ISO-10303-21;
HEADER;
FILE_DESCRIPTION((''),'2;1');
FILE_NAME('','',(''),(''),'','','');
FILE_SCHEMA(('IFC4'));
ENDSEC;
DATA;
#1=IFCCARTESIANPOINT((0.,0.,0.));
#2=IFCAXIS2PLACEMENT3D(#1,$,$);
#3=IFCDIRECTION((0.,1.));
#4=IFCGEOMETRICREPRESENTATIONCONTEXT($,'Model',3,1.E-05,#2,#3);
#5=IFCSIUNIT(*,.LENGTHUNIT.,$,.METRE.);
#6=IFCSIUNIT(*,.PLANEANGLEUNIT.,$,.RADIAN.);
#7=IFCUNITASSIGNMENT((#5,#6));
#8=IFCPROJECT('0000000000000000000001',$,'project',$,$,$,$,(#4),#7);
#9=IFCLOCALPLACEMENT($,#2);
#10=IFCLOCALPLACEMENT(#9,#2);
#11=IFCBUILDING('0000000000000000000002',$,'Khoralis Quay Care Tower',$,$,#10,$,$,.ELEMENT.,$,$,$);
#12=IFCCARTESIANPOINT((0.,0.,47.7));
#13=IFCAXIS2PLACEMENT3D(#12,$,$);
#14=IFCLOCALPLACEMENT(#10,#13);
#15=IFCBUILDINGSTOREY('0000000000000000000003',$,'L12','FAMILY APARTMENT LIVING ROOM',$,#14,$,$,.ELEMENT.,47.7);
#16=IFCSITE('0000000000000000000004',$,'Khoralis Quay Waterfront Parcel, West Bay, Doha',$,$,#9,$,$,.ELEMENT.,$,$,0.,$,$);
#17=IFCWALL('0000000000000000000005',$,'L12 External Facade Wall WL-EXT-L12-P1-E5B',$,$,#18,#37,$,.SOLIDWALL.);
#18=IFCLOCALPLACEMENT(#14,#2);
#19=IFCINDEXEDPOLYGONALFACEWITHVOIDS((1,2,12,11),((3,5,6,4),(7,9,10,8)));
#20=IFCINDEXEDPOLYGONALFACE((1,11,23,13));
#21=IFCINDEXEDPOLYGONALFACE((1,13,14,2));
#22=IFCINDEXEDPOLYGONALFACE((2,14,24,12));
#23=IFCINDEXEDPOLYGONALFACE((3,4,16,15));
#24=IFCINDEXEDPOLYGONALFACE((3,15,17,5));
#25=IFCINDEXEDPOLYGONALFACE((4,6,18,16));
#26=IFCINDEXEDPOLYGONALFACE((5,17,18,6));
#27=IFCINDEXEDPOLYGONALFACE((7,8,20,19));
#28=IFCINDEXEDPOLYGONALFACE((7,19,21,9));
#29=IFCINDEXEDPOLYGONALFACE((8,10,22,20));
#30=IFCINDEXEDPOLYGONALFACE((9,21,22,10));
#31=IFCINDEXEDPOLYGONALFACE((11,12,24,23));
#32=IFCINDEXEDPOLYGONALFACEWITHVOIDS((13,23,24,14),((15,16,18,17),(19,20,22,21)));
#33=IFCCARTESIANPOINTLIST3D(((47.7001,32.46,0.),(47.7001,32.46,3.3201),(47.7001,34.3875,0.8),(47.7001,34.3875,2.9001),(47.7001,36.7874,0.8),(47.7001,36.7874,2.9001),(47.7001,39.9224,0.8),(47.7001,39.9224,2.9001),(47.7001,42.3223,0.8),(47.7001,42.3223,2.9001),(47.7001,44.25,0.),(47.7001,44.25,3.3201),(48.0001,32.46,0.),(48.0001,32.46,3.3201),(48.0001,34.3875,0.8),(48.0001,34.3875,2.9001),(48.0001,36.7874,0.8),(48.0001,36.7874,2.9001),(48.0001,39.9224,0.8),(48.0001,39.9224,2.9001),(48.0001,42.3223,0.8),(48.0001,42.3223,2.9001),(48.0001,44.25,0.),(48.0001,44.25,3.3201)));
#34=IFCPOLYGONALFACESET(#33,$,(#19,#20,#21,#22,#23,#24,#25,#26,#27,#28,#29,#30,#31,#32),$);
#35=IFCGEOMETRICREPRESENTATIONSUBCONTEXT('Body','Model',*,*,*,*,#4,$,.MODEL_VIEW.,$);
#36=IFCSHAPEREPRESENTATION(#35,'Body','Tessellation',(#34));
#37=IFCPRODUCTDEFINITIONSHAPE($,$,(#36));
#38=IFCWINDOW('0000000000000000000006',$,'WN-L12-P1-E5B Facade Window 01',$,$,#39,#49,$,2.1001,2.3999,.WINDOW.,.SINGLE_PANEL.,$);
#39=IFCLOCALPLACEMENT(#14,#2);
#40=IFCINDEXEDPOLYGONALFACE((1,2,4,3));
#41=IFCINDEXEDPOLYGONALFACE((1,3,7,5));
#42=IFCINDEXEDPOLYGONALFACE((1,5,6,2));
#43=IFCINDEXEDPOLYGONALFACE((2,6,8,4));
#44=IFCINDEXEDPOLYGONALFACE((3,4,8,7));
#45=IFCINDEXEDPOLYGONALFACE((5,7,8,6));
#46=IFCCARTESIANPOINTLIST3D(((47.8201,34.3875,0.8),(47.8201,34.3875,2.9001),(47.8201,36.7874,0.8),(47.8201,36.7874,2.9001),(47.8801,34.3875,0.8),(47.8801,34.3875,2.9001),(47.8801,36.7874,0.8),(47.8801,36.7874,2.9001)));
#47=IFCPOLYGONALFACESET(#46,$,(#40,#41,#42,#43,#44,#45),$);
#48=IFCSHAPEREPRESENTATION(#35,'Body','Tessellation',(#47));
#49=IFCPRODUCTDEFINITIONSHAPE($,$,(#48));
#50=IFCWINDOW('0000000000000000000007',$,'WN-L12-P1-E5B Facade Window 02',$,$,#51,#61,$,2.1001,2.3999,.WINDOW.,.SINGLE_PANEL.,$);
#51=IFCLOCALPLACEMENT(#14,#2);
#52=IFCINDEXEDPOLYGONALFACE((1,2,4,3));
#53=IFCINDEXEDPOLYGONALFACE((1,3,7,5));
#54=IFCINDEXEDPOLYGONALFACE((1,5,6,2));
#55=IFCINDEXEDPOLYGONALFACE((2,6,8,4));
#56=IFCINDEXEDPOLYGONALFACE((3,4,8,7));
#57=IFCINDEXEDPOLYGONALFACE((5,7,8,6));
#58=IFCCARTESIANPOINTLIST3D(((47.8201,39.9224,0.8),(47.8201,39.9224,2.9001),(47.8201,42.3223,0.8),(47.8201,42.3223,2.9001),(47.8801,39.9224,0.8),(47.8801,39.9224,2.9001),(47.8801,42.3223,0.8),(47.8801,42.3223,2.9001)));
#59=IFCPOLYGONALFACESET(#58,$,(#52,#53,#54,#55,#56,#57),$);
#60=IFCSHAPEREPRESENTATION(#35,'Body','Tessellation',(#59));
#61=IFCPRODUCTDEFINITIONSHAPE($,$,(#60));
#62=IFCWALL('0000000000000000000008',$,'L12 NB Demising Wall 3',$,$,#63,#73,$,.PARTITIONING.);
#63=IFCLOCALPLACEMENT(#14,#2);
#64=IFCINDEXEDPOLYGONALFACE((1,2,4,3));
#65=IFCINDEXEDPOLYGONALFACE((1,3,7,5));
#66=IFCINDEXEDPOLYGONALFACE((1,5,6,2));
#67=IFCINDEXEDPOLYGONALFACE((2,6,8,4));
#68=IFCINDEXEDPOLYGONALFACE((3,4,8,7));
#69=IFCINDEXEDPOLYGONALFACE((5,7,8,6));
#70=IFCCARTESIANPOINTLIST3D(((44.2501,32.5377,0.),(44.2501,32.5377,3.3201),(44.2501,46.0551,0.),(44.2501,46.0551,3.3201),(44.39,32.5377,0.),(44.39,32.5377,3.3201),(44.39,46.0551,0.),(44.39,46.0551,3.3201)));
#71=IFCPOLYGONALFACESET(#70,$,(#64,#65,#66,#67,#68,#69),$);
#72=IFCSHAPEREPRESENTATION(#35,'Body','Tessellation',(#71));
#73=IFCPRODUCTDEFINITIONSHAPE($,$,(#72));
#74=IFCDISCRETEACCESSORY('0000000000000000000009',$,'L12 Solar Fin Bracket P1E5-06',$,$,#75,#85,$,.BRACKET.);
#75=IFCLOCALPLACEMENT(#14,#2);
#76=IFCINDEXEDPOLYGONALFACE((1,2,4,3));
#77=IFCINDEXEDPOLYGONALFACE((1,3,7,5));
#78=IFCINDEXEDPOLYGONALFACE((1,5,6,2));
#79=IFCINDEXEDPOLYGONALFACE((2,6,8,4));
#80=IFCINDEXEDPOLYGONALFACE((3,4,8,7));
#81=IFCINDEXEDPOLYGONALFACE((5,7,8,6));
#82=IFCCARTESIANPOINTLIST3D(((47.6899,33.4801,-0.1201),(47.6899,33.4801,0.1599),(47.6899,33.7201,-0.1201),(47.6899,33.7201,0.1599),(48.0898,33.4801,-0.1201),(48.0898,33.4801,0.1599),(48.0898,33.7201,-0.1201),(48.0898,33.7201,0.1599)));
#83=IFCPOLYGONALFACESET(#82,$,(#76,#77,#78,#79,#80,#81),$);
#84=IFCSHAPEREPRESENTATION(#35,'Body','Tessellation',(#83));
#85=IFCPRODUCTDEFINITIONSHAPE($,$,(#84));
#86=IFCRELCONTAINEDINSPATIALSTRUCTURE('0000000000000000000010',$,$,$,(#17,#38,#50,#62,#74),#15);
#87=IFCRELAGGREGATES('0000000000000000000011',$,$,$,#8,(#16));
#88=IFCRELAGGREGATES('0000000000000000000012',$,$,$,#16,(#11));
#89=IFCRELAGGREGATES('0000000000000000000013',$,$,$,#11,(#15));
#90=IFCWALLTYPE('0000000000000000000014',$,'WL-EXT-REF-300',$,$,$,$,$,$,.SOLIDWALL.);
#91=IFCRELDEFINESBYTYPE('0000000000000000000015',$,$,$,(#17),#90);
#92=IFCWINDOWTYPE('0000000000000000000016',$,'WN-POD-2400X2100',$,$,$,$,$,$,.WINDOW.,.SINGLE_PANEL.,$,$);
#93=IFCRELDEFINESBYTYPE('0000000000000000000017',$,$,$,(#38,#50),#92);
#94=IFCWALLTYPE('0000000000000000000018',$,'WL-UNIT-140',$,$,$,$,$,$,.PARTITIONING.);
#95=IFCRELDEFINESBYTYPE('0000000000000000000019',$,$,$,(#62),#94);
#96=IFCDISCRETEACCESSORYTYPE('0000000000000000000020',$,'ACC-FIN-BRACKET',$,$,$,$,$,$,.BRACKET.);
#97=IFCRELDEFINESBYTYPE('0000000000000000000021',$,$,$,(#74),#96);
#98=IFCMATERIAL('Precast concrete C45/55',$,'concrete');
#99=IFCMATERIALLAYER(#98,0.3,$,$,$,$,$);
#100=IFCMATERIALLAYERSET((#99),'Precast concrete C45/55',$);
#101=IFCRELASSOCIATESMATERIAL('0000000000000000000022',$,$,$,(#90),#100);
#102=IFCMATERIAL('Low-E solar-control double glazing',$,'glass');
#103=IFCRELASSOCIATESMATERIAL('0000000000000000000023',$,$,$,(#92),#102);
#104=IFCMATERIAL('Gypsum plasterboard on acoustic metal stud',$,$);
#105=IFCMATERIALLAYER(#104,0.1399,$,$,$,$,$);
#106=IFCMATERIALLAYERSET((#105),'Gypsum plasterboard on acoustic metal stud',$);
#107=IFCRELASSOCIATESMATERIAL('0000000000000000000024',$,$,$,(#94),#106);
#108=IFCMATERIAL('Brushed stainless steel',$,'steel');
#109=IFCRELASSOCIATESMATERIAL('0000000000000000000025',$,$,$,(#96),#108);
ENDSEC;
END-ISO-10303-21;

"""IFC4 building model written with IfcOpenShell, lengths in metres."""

from ifc_helpers import new_model, si_unit, direction, frame, frame_2d, origin, origin_2d, place, context, subcontext, project, spatial, rectangle, extrude, source, transform, mapped, material, layer, layer_set, type_object, element, fill, save


model = new_model("IFC4")

# Units and contexts
model_context = context("Model", 3, precision=1e-05, world=origin(), true_north=direction((0.0, 1.0)))
body_context = subcontext(model_context, "Body", "Model", "MODEL_VIEW")
ifc_project = project(units=[si_unit("LENGTHUNIT", "METRE"), si_unit("PLANEANGLEUNIT", "RADIAN")], contexts=[model_context])

# Site, building, storey
site_placement = place(None, origin())
site = spatial("IfcSite", under=ifc_project, at=site_placement, Name="Khoralis Quay Waterfront Parcel, West Bay, Doha", CompositionType="ELEMENT", RefElevation=0.0)
building_placement = place(site_placement, origin())
building = spatial("IfcBuilding", under=site, at=building_placement, Name="Khoralis Quay Care Tower", CompositionType="ELEMENT")
storey_placement = place(building_placement, frame((0.0, 0.0, 47.7)))
storey = spatial("IfcBuildingStorey", under=building, at=storey_placement, Name="L12", Description="FAMILY APARTMENT LIVING ROOM", CompositionType="ELEMENT", Elevation=47.7)

# Shared definitions
ifc_material_1 = material(Name="Low-E solar-control double glazing", Category="glass")

# Wall, openings, windows
ifc_material_2 = material(Name="Precast concrete C45/55", Category="concrete")
ifc_layer_1 = layer(ifc_material_2, 0.3)
ifc_layer_set_1 = layer_set([ifc_layer_1], Name="Precast concrete C45/55")
wall_type_1 = type_object("IfcWallType", Name="WL-EXT-REF-300", PredefinedType="SOLIDWALL", material=ifc_layer_set_1)
wall_1_placement = place(storey_placement, frame((47.8501, 32.46, 0.0), z_axis=(0.0, 0.0, 1.0), x_axis=(0.0, 1.0, 0.0)))
wall_1 = element("IfcWall", 1, at=wall_1_placement, inside=storey, type_object=wall_type_1, Name="L12 External Facade Wall WL-EXT-L12-P1-E5B", PredefinedType="SOLIDWALL", context=body_context, shape_type="SweptSolid", body=[
    extrude(rectangle(XDim=11.79, YDim=0.3, at=frame_2d((5.895, 0.0))), origin(), (0.0, 0.0, 1.0), 3.3201),
])
opening_1_placement = place(wall_1_placement, frame((1.9275, 0.0, 0.8)))
opening_1 = element("IfcOpeningElement", 2, at=opening_1_placement, cuts=wall_1, PredefinedType="OPENING", context=body_context, shape_type="SweptSolid", body=[
    extrude(rectangle(XDim=2.3999, YDim=2.1001, at=frame_2d((1.2, 1.05))), frame((0.0, 0.1602, 0.0), z_axis=(0.0, -1.0, 0.0), x_axis=(1.0, 0.0, 0.0)), (0.0, 0.0, 1.0), 0.3201),
])
opening_2_placement = place(wall_1_placement, frame((7.4624, 0.0, 0.8)))
opening_2 = element("IfcOpeningElement", 3, at=opening_2_placement, cuts=wall_1, PredefinedType="OPENING", context=body_context, shape_type="SweptSolid", body=[
    extrude(rectangle(XDim=2.3999, YDim=2.1001, at=frame_2d((1.2, 1.05))), frame((0.0, 0.1602, 0.0), z_axis=(0.0, -1.0, 0.0), x_axis=(1.0, 0.0, 0.0)), (0.0, 0.0, 1.0), 0.3201),
])
window_type = type_object("IfcWindowType", Name="WN-POD-2400X2100", PartitioningType="SINGLE_PANEL", PredefinedType="WINDOW", material=ifc_material_1)
shared_shape_1 = source(origin(), body_context, "Body", "SweptSolid", [
    extrude(rectangle(XDim=2.3999, YDim=2.1001, at=frame_2d((1.2, 1.05))), frame((0.0, 0.03, 0.0), z_axis=(0.0, -1.0, 0.0), x_axis=(1.0, 0.0, 0.0)), (0.0, 0.0, 1.0), 0.0601),
])
window_1_placement = place(opening_1_placement, origin())
window_1 = element("IfcWindow", 4, at=window_1_placement, inside=storey, type_object=window_type, Name="WN-L12-P1-E5B Facade Window 01", OverallHeight=2.1001, OverallWidth=2.3999, PartitioningType="SINGLE_PANEL", PredefinedType="WINDOW", context=body_context, shape_type="MappedRepresentation", body=[
    mapped(shared_shape_1, transform((0.0, 0.0, 0.0), scale=1.0)),
])
fill(opening_1, window_1)
window_2_placement = place(opening_2_placement, origin())
window_2 = element("IfcWindow", 5, at=window_2_placement, inside=storey, type_object=window_type, Name="WN-L12-P1-E5B Facade Window 02", OverallHeight=2.1001, OverallWidth=2.3999, PartitioningType="SINGLE_PANEL", PredefinedType="WINDOW", context=body_context, shape_type="MappedRepresentation", body=[
    mapped(shared_shape_1, transform((0.0, 0.0, 0.0), scale=1.0)),
])
fill(opening_2, window_2)

# Wall
ifc_material_3 = material(Name="Gypsum plasterboard on acoustic metal stud")
ifc_layer_2 = layer(ifc_material_3, 0.1399)
ifc_layer_set_2 = layer_set([ifc_layer_2], Name="Gypsum plasterboard on acoustic metal stud")
wall_type_2 = type_object("IfcWallType", Name="WL-UNIT-140", PredefinedType="PARTITIONING", material=ifc_layer_set_2)
wall_2_placement = place(storey_placement, frame((44.3201, 32.5376, 0.0), z_axis=(0.0, 0.0, 1.0), x_axis=(0.0, 1.0, 0.0)))
element("IfcWall", 6, at=wall_2_placement, inside=storey, type_object=wall_type_2, Name="L12 NB Demising Wall 3", PredefinedType="PARTITIONING", context=body_context, shape_type="SweptSolid", body=[
    extrude(rectangle(XDim=13.5173, YDim=0.1399, at=frame_2d((6.7588, 0.0))), origin(), (0.0, 0.0, 1.0), 3.3201),
])

# Discrete accessory
ifc_material_4 = material(Name="Brushed stainless steel", Category="steel")
discrete_accessory_type = type_object("IfcDiscreteAccessoryType", Name="ACC-FIN-BRACKET", PredefinedType="BRACKET", material=ifc_material_4)
shared_shape_2 = source(origin(), body_context, "Body", "SweptSolid", [
    extrude(rectangle(XDim=0.3999, YDim=0.24, at=origin_2d()), origin(), (0.0, 0.0, 1.0), 0.28),
])
discrete_accessory_placement = place(storey_placement, frame((47.8899, 33.6001, -0.1201), z_axis=(0.0, 0.0, 1.0), x_axis=(1.0, 0.0, 0.0)))
element("IfcDiscreteAccessory", 7, at=discrete_accessory_placement, inside=storey, type_object=discrete_accessory_type, Name="L12 Solar Fin Bracket P1E5-06", PredefinedType="BRACKET", context=body_context, shape_type="MappedRepresentation", body=[
    mapped(shared_shape_2, transform((0.0, 0.0, 0.0), scale=1.0)),
])

save(model, "model.ifc")
